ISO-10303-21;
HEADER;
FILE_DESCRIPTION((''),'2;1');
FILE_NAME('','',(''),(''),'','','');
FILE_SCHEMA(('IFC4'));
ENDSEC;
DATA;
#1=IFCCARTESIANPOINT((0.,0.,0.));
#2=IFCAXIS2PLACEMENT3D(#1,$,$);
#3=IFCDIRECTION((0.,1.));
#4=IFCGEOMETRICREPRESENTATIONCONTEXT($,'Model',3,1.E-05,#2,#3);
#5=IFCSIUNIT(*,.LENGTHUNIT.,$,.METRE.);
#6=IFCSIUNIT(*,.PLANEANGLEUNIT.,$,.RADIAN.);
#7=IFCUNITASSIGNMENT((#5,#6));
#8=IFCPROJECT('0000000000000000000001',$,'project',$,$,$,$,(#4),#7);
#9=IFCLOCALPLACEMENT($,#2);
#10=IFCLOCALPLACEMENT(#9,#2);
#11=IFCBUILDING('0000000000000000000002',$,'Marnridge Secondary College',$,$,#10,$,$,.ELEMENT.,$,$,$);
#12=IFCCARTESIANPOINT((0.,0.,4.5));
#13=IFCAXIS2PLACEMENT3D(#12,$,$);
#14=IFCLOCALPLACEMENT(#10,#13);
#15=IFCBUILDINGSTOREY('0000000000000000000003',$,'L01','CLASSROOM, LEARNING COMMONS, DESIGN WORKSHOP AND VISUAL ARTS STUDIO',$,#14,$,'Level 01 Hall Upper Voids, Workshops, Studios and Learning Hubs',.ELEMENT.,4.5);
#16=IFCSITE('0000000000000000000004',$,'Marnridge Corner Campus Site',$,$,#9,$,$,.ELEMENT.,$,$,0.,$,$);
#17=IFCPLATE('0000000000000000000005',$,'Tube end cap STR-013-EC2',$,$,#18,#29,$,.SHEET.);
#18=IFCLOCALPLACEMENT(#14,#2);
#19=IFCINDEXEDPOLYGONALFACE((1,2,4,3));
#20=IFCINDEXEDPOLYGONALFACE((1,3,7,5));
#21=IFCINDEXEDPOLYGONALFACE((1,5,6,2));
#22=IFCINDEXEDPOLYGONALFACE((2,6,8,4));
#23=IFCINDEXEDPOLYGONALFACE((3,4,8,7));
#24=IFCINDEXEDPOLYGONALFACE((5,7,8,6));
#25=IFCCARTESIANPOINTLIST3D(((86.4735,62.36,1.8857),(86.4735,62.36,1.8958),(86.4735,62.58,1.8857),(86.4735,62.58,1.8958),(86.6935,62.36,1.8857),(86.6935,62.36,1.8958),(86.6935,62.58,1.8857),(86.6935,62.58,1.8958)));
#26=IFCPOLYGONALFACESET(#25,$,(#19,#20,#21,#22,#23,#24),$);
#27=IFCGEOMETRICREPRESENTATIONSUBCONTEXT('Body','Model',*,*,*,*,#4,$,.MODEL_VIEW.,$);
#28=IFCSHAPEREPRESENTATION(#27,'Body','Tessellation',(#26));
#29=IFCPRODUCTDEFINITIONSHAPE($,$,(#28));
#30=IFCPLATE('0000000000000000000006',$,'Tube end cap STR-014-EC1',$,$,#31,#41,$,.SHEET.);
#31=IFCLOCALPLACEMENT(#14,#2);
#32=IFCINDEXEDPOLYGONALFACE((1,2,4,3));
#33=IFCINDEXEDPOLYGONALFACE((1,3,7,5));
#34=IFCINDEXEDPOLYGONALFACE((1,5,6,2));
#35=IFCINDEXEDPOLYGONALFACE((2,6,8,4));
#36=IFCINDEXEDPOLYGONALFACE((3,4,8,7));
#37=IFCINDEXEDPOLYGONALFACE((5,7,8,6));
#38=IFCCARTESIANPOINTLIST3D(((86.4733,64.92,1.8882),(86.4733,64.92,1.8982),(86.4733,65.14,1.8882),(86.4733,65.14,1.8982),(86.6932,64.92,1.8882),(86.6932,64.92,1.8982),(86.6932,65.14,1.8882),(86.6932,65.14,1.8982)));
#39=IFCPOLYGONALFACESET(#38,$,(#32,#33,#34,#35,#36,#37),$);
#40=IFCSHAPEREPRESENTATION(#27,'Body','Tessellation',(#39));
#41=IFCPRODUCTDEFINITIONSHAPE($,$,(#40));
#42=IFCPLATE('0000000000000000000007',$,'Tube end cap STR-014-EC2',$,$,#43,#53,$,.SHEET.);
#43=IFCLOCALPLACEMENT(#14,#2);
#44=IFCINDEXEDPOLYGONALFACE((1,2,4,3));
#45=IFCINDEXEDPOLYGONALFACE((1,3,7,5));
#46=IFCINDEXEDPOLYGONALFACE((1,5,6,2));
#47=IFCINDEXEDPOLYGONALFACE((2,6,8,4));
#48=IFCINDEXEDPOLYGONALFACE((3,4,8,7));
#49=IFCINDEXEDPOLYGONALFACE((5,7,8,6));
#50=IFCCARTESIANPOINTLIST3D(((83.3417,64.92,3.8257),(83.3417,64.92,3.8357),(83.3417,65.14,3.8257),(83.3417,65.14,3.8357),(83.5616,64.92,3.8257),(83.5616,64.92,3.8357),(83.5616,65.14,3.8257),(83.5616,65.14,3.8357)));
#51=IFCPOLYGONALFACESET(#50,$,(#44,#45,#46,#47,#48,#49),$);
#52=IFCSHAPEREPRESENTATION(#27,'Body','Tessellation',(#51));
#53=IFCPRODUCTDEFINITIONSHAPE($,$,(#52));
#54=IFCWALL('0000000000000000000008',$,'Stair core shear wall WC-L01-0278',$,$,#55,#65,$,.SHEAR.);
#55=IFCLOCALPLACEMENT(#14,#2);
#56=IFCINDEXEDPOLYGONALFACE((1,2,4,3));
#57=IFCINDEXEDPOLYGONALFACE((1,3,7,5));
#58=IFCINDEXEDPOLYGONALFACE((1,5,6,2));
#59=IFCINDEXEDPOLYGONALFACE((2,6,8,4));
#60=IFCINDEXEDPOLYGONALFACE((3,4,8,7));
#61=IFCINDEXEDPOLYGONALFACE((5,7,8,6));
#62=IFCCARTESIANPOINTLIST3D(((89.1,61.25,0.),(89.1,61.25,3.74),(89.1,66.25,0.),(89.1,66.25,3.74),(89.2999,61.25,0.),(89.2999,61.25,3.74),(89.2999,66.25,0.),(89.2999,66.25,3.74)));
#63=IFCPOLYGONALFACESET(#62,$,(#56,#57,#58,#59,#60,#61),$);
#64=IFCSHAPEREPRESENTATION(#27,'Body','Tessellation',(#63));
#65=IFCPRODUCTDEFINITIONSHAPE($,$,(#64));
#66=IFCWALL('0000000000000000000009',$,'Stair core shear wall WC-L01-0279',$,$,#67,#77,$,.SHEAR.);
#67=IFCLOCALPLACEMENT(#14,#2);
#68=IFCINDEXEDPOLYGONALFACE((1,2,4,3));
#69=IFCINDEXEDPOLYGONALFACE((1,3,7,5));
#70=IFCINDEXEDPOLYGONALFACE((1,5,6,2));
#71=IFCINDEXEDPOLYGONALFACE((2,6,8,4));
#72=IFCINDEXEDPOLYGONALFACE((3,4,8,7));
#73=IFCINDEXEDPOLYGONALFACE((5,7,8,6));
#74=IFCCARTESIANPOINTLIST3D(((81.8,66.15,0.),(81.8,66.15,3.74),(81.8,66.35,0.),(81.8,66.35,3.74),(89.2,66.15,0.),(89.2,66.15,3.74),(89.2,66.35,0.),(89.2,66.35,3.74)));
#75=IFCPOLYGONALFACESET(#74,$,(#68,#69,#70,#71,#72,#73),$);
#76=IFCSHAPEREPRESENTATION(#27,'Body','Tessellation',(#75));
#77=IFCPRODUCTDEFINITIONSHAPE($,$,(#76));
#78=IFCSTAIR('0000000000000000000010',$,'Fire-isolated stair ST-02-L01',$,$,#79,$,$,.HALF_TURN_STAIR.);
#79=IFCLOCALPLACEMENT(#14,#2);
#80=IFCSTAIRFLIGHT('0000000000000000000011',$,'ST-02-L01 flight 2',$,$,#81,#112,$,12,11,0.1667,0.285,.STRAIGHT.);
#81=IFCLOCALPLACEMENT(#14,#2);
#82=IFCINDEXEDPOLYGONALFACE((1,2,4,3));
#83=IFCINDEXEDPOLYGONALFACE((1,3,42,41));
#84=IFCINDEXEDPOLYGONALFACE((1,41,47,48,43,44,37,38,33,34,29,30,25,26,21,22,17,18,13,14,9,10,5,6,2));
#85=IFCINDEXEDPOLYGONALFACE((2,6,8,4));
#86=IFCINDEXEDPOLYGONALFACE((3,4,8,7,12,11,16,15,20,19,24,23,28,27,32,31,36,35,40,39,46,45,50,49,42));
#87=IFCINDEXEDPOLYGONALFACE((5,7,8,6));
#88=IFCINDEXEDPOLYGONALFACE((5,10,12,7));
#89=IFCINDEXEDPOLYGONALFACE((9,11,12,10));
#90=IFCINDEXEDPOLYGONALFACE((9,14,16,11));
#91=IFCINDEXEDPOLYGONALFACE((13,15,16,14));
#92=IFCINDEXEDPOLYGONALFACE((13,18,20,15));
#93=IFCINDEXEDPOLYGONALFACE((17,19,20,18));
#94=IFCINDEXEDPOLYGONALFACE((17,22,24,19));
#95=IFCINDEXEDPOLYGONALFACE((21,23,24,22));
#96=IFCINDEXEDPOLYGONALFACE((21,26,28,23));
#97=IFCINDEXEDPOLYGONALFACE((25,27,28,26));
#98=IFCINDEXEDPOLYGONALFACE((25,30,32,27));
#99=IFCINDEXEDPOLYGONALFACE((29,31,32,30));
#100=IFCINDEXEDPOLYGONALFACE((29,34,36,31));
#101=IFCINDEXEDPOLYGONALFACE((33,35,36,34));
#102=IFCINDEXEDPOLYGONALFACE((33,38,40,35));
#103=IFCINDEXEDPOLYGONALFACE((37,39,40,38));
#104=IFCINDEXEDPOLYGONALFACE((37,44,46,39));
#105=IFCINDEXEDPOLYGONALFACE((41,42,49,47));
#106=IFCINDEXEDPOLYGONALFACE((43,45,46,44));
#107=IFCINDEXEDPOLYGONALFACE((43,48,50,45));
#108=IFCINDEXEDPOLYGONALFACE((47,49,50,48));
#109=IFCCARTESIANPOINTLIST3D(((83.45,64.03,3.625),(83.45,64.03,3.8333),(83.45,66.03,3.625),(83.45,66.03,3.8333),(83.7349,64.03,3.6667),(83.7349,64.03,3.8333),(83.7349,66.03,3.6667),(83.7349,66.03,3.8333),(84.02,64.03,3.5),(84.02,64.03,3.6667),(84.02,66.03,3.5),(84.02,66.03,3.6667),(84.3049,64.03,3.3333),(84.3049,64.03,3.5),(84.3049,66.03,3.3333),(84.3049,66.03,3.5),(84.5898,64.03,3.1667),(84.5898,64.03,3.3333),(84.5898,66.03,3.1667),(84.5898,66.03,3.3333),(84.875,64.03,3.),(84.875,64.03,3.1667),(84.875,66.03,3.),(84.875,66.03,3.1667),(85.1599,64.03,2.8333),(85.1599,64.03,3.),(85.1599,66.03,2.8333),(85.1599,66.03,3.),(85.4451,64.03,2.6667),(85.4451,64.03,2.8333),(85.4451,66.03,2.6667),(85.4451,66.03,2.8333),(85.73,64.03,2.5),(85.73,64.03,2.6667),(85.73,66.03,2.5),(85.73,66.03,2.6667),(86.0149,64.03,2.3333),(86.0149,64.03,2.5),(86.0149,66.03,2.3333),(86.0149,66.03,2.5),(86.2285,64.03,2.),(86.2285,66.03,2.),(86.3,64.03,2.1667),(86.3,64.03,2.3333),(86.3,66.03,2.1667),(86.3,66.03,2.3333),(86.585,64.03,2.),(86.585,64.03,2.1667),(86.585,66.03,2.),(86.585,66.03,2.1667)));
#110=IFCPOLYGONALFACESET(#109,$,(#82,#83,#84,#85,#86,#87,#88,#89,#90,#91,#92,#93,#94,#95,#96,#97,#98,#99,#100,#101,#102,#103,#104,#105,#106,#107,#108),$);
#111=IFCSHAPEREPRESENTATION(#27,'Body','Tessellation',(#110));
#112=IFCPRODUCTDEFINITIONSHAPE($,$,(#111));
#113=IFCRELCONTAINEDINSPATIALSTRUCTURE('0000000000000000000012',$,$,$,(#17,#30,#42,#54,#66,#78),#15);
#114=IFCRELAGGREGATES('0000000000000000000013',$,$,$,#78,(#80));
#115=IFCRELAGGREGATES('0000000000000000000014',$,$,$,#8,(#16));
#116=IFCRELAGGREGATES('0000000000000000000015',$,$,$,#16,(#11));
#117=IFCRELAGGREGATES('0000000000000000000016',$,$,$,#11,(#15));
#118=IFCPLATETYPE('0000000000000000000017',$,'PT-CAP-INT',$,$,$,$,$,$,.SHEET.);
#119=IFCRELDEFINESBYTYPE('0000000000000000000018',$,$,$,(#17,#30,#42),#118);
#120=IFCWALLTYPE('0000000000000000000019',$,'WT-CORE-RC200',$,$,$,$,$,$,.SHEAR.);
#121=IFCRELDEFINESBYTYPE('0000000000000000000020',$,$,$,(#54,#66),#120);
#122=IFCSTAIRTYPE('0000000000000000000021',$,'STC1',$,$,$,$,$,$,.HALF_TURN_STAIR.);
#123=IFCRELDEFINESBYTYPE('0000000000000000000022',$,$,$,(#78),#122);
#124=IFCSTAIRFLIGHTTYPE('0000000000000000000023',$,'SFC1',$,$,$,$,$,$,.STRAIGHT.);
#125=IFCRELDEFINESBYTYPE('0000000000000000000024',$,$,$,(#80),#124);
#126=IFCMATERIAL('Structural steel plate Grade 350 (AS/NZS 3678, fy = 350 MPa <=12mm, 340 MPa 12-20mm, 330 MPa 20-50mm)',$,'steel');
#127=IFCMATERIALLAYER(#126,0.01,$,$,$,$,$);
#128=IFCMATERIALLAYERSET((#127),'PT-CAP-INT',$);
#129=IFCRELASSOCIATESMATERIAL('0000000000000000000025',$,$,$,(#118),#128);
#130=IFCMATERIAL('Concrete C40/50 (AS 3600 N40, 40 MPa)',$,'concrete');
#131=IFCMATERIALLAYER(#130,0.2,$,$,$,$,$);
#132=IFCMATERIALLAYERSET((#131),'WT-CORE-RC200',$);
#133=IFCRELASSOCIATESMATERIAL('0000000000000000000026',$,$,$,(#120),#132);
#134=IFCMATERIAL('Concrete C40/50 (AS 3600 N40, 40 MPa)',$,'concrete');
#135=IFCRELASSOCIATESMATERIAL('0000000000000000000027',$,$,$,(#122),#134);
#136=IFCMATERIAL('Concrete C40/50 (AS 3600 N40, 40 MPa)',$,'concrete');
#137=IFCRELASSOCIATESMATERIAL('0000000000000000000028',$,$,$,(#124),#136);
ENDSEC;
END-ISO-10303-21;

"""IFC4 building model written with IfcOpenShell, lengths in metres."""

from ifc_helpers import new_model, si_unit, direction, frame, frame_2d, origin, origin_2d, place, context, subcontext, project, spatial, polyline, rectangle, outline, extrude, material, layer, layer_set, type_object, element, aggregate, save


model = new_model("IFC4")

# Units and contexts
model_context = context("Model", 3, precision=1e-05, world=origin(), true_north=direction((0.0, 1.0)))
body_context = subcontext(model_context, "Body", "Model", "MODEL_VIEW")
ifc_project = project(units=[si_unit("LENGTHUNIT", "METRE"), si_unit("PLANEANGLEUNIT", "RADIAN")], contexts=[model_context])

# Site, building, storey
site_placement = place(None, origin())
site = spatial("IfcSite", under=ifc_project, at=site_placement, Name="Marnridge Corner Campus Site", CompositionType="ELEMENT", RefElevation=0.0)
building_placement = place(site_placement, origin())
building = spatial("IfcBuilding", under=site, at=building_placement, Name="Marnridge Secondary College", CompositionType="ELEMENT")
storey_placement = place(building_placement, frame((0.0, 0.0, 4.5)))
storey = spatial("IfcBuildingStorey", under=building, at=storey_placement, Name="L01", Description="CLASSROOM, LEARNING COMMONS, DESIGN WORKSHOP AND VISUAL ARTS STUDIO", LongName="Level 01 Hall Upper Voids, Workshops, Studios and Learning Hubs", CompositionType="ELEMENT", Elevation=4.5)

# Plates
ifc_material_1 = material(Name="Structural steel plate Grade 350 (AS/NZS 3678, fy = 350 MPa <=12mm, 340 MPa 12-20mm, 330 MPa 20-50mm)", Category="steel")
ifc_layer_1 = layer(ifc_material_1, 0.01)
ifc_layer_set_1 = layer_set([ifc_layer_1], Name="PT-CAP-INT")
plate_type = type_object("IfcPlateType", Name="PT-CAP-INT", PredefinedType="SHEET", material=ifc_layer_set_1)
for number, where, z_axis, x_axis, name in (
    (1, (86.5835, 62.47, 1.8857), (0.0, 0.0, 1.0), (1.0, 0.0, 0.0), "Tube end cap STR-013-EC2"),
    (2, (86.5833, 65.03, 1.8882), (0.0, 0.0, 1.0), (-1.0, 0.0, 0.0), "Tube end cap STR-014-EC1"),
    (3, (83.4517, 65.03, 3.8257), (0.0, 0.0, 1.0), (-1.0, 0.0, 0.0), "Tube end cap STR-014-EC2"),
):
    element("IfcPlate", number, at=place(storey_placement, frame(where, z_axis=z_axis, x_axis=x_axis)), inside=storey, type_object=plate_type, Name=name, PredefinedType="SHEET", context=body_context, shape_type="SweptSolid", body=[
        extrude(rectangle(XDim=0.22, YDim=0.22, at=origin_2d()), origin(), (0.0, 0.0, 1.0), 0.01),
    ])

# Walls
ifc_material_2 = material(Name="Concrete C40/50 (AS 3600 N40, 40 MPa)", Category="concrete")
ifc_layer_2 = layer(ifc_material_2, 0.2)
ifc_layer_set_2 = layer_set([ifc_layer_2], Name="WT-CORE-RC200")
wall_type = type_object("IfcWallType", Name="WT-CORE-RC200", PredefinedType="SHEAR", material=ifc_layer_set_2)
wall_1_placement = place(storey_placement, frame((89.2, 61.25, 0.0), z_axis=(0.0, 0.0, 1.0), x_axis=(0.0, 1.0, 0.0)))
element("IfcWall", 4, at=wall_1_placement, inside=storey, type_object=wall_type, Name="Stair core shear wall WC-L01-0278", PredefinedType="SHEAR", context=body_context, shape_type="SweptSolid", body=[
    extrude(rectangle(XDim=5.0, YDim=0.2, at=frame_2d((2.5, 0.0))), origin(), (0.0, 0.0, 1.0), 3.74),
])
wall_2_placement = place(storey_placement, frame((89.2, 66.25, 0.0), z_axis=(0.0, 0.0, 1.0), x_axis=(-1.0, 0.0, 0.0)))
element("IfcWall", 5, at=wall_2_placement, inside=storey, type_object=wall_type, Name="Stair core shear wall WC-L01-0279", PredefinedType="SHEAR", context=body_context, shape_type="SweptSolid", body=[
    extrude(rectangle(XDim=7.3999, YDim=0.2, at=frame_2d((3.7, 0.0))), origin(), (0.0, 0.0, 1.0), 3.74),
])

# Stair, stair flight
ifc_material_3 = material(Name="Concrete C40/50 (AS 3600 N40, 40 MPa)", Category="concrete")
stair_type = type_object("IfcStairType", Name="STC1", PredefinedType="HALF_TURN_STAIR", material=ifc_material_3)
stair_placement = place(storey_placement, origin())
stair = element("IfcStair", 6, at=stair_placement, inside=storey, type_object=stair_type, Name="Fire-isolated stair ST-02-L01", PredefinedType="HALF_TURN_STAIR")
ifc_material_4 = material(Name="Concrete C40/50 (AS 3600 N40, 40 MPa)", Category="concrete")
stair_flight_type = type_object("IfcStairFlightType", Name="SFC1", PredefinedType="STRAIGHT", material=ifc_material_4)
stair_flight_placement = place(storey_placement, frame((86.585, 65.03, 2.0), z_axis=(0.0, 0.0, 1.0), x_axis=(-1.0, 0.0, 0.0)))
stair_flight = element("IfcStairFlight", 7, at=stair_flight_placement, type_object=stair_flight_type, Name="ST-02-L01 flight 2", NumberOfRisers=12, NumberOfTreads=11, PredefinedType="STRAIGHT", RiserHeight=0.1667, TreadLength=0.285, context=body_context, shape_type="SweptSolid", body=[
    extrude(outline(polyline([(0.0, 0.0), (0.0, 0.1667), (0.2849, 0.1667), (0.2849, 0.3333), (0.5701, 0.3333), (0.5701, 0.5), (0.855, 0.5), (0.855, 0.6667), (1.1399, 0.6667), (1.1399, 0.8333), (1.425, 0.8333), (1.425, 1.0), (1.71, 1.0), (1.71, 1.1667), (1.9951, 1.1667), (1.9951, 1.3333), (2.28, 1.3333), (2.28, 1.5), (2.5649, 1.5), (2.5649, 1.6667), (2.8501, 1.6667), (2.8501, 1.8333), (3.135, 1.8333), (3.135, 2.0), (3.135, 1.625), (0.3564, 0.0), (0.0, 0.0)])), frame((0.0, 1.0, 0.0), z_axis=(0.0, -1.0, 0.0), x_axis=(1.0, 0.0, 0.0)), (0.0, 0.0, 1.0), 2.0),
])
aggregate(stair, [stair_flight])

save(model, "model.ifc")
